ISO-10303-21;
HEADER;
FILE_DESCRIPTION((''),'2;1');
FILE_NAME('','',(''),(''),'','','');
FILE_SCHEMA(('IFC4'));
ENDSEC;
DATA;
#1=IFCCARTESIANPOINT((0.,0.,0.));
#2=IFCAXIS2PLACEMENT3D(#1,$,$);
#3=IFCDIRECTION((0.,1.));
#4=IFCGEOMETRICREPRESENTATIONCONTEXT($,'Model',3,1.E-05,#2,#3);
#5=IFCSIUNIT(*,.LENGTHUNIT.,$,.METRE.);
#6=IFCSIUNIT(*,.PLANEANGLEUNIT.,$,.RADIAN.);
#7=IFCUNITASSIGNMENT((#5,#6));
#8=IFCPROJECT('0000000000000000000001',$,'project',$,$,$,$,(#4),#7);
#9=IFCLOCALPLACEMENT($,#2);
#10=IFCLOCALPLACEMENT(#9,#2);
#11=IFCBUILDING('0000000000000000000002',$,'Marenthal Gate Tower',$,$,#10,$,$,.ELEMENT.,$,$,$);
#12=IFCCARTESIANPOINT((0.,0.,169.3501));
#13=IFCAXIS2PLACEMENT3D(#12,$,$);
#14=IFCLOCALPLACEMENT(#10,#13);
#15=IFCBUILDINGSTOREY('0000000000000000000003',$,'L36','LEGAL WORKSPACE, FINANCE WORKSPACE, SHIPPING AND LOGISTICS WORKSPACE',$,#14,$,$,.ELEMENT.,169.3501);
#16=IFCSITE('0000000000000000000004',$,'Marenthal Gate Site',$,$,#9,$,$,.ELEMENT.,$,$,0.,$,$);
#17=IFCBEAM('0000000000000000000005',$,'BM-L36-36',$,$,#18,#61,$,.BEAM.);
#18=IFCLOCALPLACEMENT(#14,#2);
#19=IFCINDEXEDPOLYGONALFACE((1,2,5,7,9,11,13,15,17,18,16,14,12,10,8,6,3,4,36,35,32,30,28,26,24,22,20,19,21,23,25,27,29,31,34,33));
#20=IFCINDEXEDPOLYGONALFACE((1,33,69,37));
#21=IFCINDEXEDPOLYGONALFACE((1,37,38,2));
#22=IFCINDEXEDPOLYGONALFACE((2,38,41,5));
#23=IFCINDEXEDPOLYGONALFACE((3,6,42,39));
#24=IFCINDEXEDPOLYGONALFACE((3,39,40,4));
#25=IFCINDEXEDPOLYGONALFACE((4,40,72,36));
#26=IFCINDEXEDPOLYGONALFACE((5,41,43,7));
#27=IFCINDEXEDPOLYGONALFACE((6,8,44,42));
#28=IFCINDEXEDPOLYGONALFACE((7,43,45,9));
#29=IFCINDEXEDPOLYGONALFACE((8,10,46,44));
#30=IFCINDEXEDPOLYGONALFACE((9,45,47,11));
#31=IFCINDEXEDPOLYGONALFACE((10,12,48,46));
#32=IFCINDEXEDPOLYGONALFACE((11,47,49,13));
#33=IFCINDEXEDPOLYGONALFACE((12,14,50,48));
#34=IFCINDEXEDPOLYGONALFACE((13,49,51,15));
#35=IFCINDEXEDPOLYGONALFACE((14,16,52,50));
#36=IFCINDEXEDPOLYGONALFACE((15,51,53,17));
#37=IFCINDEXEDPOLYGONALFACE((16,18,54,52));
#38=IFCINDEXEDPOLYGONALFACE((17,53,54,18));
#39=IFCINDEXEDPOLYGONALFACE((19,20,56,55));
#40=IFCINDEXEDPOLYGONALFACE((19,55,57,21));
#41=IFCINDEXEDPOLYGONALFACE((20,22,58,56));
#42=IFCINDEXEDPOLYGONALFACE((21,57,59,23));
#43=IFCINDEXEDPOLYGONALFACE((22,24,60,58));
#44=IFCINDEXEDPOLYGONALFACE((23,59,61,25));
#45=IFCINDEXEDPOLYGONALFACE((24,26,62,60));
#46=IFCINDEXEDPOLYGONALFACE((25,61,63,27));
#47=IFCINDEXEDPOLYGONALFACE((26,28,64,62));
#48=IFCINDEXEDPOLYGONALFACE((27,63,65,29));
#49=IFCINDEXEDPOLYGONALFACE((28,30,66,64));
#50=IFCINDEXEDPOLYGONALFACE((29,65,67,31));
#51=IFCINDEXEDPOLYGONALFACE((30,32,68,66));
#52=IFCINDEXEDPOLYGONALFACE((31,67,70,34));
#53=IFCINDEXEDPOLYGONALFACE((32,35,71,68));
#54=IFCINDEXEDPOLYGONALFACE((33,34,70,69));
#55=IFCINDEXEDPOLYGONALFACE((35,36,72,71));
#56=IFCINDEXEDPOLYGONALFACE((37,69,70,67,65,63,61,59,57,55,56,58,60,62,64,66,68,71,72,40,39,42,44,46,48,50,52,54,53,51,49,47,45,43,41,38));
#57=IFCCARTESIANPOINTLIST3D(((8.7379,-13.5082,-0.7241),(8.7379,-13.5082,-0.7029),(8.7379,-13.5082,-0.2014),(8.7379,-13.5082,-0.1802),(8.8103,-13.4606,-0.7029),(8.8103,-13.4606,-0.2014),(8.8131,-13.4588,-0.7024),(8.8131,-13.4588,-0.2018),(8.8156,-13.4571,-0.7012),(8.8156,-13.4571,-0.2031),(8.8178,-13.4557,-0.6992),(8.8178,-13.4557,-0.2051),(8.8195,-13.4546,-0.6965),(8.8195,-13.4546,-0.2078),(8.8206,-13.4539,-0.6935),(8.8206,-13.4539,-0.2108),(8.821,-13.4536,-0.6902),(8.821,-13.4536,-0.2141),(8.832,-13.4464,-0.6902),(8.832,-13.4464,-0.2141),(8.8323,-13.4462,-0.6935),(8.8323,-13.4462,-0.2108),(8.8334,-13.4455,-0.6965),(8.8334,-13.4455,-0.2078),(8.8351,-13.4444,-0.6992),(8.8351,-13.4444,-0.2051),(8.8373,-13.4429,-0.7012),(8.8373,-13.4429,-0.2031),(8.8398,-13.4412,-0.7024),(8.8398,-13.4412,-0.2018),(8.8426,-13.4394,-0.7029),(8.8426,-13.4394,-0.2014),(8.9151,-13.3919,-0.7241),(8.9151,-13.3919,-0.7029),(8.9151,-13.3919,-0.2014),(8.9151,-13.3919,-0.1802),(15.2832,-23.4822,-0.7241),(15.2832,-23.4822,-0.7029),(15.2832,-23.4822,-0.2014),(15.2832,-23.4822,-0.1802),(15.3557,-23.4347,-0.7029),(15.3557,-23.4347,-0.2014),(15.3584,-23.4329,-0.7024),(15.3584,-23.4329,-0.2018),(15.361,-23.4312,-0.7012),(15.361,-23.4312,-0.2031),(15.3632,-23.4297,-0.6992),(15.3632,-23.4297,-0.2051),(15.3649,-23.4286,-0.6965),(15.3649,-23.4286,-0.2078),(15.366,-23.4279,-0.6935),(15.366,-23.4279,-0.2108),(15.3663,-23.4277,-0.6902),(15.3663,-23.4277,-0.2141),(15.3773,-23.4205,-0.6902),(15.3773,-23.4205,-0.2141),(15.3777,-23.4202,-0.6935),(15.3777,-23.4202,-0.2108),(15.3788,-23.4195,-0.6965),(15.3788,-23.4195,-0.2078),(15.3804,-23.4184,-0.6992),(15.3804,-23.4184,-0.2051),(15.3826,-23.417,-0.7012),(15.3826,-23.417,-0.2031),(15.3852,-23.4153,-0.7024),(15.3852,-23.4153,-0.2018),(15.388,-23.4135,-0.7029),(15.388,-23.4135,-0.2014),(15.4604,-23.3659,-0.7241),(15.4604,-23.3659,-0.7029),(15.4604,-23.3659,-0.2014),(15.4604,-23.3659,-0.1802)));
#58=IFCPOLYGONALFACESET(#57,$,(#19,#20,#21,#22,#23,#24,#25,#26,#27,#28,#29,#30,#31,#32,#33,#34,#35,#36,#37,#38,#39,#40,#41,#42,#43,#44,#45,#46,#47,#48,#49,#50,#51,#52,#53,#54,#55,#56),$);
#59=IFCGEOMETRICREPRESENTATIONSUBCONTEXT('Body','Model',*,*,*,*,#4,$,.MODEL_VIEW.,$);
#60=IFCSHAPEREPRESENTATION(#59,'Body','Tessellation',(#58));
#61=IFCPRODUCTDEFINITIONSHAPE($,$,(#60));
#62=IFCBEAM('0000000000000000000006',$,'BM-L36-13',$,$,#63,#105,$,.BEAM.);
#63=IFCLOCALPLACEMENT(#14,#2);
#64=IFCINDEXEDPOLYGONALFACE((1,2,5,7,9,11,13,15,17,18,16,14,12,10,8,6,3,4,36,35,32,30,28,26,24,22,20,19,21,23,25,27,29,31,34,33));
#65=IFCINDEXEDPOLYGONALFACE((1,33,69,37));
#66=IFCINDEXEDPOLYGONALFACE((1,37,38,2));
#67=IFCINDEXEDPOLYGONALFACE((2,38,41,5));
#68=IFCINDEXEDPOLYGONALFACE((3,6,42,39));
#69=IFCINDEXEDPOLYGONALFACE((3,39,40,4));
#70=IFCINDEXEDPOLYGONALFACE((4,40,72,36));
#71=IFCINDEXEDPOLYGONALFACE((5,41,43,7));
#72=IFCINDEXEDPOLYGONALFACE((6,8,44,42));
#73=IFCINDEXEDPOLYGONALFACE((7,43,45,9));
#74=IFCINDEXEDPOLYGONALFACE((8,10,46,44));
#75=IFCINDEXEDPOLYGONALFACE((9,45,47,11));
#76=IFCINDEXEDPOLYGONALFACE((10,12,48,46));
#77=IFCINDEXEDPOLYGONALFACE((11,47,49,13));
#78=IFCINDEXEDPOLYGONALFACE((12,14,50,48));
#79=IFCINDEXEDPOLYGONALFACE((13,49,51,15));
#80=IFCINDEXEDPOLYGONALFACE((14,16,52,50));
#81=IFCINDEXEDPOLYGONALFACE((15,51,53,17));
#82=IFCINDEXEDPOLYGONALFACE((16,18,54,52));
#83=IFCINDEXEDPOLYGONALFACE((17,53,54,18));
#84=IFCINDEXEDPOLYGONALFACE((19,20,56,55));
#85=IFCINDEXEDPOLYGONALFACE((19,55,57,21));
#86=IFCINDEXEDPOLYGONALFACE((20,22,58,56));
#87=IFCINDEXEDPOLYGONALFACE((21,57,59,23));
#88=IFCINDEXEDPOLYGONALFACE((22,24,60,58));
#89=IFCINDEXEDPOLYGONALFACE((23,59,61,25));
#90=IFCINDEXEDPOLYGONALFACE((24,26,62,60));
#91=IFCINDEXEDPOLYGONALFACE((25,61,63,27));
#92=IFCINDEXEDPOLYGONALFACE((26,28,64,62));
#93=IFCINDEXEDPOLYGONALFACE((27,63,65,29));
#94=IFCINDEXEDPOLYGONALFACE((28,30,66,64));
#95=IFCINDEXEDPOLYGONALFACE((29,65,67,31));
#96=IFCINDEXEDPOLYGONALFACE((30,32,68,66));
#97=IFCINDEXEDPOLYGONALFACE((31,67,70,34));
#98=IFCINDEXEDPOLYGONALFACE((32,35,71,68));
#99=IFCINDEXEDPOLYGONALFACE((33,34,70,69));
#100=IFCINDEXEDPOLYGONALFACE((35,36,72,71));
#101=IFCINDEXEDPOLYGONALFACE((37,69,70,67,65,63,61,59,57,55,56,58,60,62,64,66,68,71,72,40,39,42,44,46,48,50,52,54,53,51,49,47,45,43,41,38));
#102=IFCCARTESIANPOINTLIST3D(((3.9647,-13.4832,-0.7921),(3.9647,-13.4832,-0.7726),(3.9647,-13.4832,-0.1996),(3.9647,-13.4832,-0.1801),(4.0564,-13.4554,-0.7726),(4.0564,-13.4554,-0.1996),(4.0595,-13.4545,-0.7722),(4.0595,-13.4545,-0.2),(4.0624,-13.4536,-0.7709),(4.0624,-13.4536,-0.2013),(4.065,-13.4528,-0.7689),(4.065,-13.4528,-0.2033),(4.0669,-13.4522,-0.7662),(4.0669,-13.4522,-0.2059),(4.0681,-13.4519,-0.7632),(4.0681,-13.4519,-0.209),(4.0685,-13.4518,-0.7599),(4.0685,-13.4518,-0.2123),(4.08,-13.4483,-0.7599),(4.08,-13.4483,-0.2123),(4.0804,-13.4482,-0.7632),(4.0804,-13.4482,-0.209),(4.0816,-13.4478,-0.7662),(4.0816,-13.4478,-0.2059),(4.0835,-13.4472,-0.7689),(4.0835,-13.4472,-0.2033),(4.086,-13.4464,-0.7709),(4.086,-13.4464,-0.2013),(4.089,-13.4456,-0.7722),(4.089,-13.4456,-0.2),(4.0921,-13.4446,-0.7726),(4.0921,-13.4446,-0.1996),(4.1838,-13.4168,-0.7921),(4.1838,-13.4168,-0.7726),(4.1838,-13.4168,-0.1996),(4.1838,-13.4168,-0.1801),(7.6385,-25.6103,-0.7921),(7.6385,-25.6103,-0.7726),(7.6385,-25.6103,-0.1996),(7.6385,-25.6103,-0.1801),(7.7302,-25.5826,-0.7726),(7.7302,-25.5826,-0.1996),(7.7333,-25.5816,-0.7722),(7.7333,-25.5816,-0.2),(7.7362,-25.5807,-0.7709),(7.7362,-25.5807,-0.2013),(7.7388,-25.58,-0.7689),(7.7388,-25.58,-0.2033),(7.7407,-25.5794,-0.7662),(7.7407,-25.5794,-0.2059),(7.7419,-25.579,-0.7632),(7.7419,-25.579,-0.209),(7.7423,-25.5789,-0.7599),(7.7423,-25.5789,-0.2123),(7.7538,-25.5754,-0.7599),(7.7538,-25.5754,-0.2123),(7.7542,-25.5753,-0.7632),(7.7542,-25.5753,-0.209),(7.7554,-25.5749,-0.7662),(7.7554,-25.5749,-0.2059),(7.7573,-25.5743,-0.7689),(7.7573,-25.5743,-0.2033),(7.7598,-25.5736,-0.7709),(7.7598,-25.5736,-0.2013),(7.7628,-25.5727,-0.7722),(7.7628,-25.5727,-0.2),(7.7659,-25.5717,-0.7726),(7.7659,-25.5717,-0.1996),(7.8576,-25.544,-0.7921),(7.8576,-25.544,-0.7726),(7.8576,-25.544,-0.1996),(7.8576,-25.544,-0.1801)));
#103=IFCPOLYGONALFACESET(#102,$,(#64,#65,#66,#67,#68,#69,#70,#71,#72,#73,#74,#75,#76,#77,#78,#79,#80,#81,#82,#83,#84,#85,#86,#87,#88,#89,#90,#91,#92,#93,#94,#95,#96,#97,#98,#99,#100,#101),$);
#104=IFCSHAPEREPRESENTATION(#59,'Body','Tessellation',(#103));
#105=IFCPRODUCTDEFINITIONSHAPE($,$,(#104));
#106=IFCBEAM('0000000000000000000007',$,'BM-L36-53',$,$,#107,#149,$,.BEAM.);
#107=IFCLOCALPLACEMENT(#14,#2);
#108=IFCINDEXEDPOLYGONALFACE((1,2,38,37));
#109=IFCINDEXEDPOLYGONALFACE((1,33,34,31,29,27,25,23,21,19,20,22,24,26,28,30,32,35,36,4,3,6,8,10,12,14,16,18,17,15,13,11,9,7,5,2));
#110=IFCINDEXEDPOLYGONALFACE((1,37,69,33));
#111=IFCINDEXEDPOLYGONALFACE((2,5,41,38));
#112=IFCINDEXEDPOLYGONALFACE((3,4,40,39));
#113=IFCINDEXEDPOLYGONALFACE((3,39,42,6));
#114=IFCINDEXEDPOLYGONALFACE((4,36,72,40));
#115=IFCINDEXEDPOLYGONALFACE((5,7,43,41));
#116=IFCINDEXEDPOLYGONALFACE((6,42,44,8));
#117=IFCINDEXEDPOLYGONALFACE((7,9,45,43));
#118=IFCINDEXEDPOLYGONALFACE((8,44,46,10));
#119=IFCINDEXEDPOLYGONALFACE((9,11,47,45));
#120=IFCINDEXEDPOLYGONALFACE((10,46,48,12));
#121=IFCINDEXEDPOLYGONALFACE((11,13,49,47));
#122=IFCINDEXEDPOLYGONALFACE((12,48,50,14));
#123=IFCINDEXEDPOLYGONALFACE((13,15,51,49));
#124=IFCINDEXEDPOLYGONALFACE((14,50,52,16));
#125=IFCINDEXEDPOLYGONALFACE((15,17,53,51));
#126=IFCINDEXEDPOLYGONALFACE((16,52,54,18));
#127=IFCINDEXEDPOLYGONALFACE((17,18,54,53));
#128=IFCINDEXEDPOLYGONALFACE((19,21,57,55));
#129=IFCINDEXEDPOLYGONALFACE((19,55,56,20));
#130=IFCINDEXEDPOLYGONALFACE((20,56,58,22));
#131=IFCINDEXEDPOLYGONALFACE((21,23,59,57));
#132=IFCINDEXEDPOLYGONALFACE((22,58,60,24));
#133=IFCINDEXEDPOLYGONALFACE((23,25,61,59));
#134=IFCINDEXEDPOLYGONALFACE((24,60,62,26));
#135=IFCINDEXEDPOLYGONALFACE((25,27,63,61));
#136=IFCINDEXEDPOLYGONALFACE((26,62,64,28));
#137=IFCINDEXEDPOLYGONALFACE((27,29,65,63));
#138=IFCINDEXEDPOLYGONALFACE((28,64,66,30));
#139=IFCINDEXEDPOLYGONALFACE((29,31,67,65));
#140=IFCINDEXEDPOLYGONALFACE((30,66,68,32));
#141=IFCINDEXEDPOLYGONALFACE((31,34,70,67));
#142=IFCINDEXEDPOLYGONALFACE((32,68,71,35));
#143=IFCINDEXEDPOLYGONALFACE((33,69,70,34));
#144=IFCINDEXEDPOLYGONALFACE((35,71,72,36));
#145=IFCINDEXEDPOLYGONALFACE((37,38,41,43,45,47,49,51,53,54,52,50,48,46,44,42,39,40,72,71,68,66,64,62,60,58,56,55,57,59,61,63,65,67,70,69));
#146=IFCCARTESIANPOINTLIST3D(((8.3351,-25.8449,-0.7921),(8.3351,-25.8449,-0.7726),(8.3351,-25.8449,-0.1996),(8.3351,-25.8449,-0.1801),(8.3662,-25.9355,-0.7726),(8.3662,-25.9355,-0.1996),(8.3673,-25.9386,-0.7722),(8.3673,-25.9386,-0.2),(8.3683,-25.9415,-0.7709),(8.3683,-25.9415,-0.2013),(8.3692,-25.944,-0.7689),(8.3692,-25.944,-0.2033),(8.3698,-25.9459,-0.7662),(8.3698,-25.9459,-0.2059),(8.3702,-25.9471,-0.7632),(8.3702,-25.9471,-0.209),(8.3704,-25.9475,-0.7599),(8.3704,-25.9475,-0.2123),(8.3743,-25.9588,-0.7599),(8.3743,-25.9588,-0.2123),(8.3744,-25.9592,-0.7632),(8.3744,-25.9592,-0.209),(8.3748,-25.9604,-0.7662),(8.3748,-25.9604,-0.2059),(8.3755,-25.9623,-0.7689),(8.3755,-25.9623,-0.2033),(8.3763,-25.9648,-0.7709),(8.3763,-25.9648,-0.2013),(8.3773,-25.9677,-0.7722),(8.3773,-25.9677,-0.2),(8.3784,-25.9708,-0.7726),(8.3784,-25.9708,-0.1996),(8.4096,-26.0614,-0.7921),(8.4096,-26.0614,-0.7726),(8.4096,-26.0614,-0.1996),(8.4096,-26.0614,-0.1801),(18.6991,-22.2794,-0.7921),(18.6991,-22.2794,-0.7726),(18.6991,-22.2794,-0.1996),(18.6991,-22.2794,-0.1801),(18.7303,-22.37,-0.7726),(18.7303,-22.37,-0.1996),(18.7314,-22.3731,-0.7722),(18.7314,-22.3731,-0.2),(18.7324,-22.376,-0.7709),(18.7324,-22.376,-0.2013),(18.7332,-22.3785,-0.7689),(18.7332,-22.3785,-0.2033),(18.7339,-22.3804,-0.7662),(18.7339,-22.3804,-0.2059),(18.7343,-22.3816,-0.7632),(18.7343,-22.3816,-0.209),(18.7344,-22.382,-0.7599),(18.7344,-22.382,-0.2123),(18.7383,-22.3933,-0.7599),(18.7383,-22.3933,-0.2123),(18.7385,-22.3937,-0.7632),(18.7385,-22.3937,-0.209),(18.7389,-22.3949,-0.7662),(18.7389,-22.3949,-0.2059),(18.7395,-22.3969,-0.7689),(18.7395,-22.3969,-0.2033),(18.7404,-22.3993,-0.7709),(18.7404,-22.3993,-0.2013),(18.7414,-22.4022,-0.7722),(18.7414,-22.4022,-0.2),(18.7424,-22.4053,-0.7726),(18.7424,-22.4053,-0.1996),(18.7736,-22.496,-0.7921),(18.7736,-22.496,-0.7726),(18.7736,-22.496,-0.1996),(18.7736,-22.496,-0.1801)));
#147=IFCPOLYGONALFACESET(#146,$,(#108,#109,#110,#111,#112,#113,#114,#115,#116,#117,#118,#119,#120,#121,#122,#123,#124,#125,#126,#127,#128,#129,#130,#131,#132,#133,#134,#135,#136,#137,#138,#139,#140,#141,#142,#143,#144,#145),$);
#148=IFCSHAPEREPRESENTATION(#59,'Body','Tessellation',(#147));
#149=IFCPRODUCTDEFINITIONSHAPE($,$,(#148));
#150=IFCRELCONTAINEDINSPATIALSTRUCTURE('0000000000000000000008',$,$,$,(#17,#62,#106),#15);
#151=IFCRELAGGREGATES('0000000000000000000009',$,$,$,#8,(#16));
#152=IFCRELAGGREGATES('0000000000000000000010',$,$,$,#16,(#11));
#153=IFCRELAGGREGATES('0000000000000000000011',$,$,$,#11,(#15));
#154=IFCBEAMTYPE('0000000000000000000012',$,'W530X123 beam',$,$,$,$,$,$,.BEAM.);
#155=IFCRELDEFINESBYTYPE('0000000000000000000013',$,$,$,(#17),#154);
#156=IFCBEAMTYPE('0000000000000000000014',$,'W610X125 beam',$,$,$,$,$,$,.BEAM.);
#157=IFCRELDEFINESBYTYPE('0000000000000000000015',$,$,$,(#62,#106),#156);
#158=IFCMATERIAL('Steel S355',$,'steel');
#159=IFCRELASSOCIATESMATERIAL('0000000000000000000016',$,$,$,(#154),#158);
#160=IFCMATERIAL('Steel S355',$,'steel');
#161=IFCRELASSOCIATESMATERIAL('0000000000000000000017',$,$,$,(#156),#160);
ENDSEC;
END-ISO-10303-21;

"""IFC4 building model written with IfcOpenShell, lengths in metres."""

from ifc_helpers import new_model, si_unit, direction, frame, origin, origin_2d, place, context, subcontext, project, spatial, i_section, extrude, material, material_profile, profile_set, type_object, element, save


model = new_model("IFC4")

# Units and contexts
model_context = context("Model", 3, precision=1e-05, world=origin(), true_north=direction((0.0, 1.0)))
body_context = subcontext(model_context, "Body", "Model", "MODEL_VIEW")
ifc_project = project(units=[si_unit("LENGTHUNIT", "METRE"), si_unit("PLANEANGLEUNIT", "RADIAN")], contexts=[model_context])

# Site, building, storey
site_placement = place(None, origin())
site = spatial("IfcSite", under=ifc_project, at=site_placement, Name="Marenthal Gate Site", CompositionType="ELEMENT", RefElevation=0.0)
building_placement = place(site_placement, origin())
building = spatial("IfcBuilding", under=site, at=building_placement, Name="Marenthal Gate Tower", CompositionType="ELEMENT")
storey_placement = place(building_placement, frame((0.0, 0.0, 169.3501)))
storey = spatial("IfcBuildingStorey", under=building, at=storey_placement, Name="L36", Description="LEGAL WORKSPACE, FINANCE WORKSPACE, SHIPPING AND LOGISTICS WORKSPACE", CompositionType="ELEMENT", Elevation=169.3501)

# Beams
ifc_material_1 = material(Name="Steel S355", Category="steel")
ifc_material_profile_1 = material_profile(ifc_material_1, i_section(OverallWidth=0.2119, OverallDepth=0.5439, WebThickness=0.0132, FlangeThickness=0.0212, FilletRadius=0.0127, at=origin_2d()), Name="W530X123")
ifc_profile_set_1 = profile_set([ifc_material_profile_1], Name="Steel S355")
beam_type_1 = type_object("IfcBeamType", Name="W530X123 beam", PredefinedType="BEAM", material=ifc_profile_set_1)
beam_1_placement = place(storey_placement, frame((15.3718, -23.4241, -0.4521), z_axis=(-0.54865, 0.836052, 0.0), x_axis=(-0.836052, -0.54865, 0.0)))
element("IfcBeam", 1, at=beam_1_placement, inside=storey, type_object=beam_type_1, Name="BM-L36-36", PredefinedType="BEAM", context=body_context, shape_type="SweptSolid", body=[
    extrude(i_section(OverallWidth=0.2119, OverallDepth=0.5439, WebThickness=0.0132, FlangeThickness=0.0212, FilletRadius=0.0127, at=origin_2d()), origin(), (0.0, 0.0, 1.0), 11.9299),
])
ifc_material_2 = material(Name="Steel S355", Category="steel")
ifc_material_profile_2 = material_profile(ifc_material_2, i_section(OverallWidth=0.229, OverallDepth=0.6121, WebThickness=0.012, FlangeThickness=0.0195, FilletRadius=0.0127, at=origin_2d()), Name="W610X125")
ifc_profile_set_2 = profile_set([ifc_material_profile_2], Name="Steel S355")
beam_type_2 = type_object("IfcBeamType", Name="W610X125 beam", PredefinedType="BEAM", material=ifc_profile_set_2)
beam_2_placement = place(storey_placement, frame((7.748, -25.5771, -0.4861), z_axis=(-0.289929, 0.957048, 0.0), x_axis=(-0.957048, -0.289929, 0.0)))
element("IfcBeam", 2, at=beam_2_placement, inside=storey, type_object=beam_type_2, Name="BM-L36-13", PredefinedType="BEAM", context=body_context, shape_type="SweptSolid", body=[
    extrude(i_section(OverallWidth=0.229, OverallDepth=0.6121, WebThickness=0.012, FlangeThickness=0.0195, FilletRadius=0.0127, at=origin_2d()), origin(), (0.0, 0.0, 1.0), 12.6714),
])
beam_3_placement = place(storey_placement, frame((8.3723, -25.9531, -0.4861), z_axis=(0.945608, 0.325308, 0.0), x_axis=(-0.325308, 0.945608, 0.0)))
element("IfcBeam", 3, at=beam_3_placement, inside=storey, type_object=beam_type_2, Name="BM-L36-53", PredefinedType="BEAM", context=body_context, shape_type="SweptSolid", body=[
    extrude(i_section(OverallWidth=0.229, OverallDepth=0.6121, WebThickness=0.012, FlangeThickness=0.0195, FilletRadius=0.0127, at=origin_2d()), origin(), (0.0, 0.0, 1.0), 10.9602),
])

save(model, "model.ifc")
